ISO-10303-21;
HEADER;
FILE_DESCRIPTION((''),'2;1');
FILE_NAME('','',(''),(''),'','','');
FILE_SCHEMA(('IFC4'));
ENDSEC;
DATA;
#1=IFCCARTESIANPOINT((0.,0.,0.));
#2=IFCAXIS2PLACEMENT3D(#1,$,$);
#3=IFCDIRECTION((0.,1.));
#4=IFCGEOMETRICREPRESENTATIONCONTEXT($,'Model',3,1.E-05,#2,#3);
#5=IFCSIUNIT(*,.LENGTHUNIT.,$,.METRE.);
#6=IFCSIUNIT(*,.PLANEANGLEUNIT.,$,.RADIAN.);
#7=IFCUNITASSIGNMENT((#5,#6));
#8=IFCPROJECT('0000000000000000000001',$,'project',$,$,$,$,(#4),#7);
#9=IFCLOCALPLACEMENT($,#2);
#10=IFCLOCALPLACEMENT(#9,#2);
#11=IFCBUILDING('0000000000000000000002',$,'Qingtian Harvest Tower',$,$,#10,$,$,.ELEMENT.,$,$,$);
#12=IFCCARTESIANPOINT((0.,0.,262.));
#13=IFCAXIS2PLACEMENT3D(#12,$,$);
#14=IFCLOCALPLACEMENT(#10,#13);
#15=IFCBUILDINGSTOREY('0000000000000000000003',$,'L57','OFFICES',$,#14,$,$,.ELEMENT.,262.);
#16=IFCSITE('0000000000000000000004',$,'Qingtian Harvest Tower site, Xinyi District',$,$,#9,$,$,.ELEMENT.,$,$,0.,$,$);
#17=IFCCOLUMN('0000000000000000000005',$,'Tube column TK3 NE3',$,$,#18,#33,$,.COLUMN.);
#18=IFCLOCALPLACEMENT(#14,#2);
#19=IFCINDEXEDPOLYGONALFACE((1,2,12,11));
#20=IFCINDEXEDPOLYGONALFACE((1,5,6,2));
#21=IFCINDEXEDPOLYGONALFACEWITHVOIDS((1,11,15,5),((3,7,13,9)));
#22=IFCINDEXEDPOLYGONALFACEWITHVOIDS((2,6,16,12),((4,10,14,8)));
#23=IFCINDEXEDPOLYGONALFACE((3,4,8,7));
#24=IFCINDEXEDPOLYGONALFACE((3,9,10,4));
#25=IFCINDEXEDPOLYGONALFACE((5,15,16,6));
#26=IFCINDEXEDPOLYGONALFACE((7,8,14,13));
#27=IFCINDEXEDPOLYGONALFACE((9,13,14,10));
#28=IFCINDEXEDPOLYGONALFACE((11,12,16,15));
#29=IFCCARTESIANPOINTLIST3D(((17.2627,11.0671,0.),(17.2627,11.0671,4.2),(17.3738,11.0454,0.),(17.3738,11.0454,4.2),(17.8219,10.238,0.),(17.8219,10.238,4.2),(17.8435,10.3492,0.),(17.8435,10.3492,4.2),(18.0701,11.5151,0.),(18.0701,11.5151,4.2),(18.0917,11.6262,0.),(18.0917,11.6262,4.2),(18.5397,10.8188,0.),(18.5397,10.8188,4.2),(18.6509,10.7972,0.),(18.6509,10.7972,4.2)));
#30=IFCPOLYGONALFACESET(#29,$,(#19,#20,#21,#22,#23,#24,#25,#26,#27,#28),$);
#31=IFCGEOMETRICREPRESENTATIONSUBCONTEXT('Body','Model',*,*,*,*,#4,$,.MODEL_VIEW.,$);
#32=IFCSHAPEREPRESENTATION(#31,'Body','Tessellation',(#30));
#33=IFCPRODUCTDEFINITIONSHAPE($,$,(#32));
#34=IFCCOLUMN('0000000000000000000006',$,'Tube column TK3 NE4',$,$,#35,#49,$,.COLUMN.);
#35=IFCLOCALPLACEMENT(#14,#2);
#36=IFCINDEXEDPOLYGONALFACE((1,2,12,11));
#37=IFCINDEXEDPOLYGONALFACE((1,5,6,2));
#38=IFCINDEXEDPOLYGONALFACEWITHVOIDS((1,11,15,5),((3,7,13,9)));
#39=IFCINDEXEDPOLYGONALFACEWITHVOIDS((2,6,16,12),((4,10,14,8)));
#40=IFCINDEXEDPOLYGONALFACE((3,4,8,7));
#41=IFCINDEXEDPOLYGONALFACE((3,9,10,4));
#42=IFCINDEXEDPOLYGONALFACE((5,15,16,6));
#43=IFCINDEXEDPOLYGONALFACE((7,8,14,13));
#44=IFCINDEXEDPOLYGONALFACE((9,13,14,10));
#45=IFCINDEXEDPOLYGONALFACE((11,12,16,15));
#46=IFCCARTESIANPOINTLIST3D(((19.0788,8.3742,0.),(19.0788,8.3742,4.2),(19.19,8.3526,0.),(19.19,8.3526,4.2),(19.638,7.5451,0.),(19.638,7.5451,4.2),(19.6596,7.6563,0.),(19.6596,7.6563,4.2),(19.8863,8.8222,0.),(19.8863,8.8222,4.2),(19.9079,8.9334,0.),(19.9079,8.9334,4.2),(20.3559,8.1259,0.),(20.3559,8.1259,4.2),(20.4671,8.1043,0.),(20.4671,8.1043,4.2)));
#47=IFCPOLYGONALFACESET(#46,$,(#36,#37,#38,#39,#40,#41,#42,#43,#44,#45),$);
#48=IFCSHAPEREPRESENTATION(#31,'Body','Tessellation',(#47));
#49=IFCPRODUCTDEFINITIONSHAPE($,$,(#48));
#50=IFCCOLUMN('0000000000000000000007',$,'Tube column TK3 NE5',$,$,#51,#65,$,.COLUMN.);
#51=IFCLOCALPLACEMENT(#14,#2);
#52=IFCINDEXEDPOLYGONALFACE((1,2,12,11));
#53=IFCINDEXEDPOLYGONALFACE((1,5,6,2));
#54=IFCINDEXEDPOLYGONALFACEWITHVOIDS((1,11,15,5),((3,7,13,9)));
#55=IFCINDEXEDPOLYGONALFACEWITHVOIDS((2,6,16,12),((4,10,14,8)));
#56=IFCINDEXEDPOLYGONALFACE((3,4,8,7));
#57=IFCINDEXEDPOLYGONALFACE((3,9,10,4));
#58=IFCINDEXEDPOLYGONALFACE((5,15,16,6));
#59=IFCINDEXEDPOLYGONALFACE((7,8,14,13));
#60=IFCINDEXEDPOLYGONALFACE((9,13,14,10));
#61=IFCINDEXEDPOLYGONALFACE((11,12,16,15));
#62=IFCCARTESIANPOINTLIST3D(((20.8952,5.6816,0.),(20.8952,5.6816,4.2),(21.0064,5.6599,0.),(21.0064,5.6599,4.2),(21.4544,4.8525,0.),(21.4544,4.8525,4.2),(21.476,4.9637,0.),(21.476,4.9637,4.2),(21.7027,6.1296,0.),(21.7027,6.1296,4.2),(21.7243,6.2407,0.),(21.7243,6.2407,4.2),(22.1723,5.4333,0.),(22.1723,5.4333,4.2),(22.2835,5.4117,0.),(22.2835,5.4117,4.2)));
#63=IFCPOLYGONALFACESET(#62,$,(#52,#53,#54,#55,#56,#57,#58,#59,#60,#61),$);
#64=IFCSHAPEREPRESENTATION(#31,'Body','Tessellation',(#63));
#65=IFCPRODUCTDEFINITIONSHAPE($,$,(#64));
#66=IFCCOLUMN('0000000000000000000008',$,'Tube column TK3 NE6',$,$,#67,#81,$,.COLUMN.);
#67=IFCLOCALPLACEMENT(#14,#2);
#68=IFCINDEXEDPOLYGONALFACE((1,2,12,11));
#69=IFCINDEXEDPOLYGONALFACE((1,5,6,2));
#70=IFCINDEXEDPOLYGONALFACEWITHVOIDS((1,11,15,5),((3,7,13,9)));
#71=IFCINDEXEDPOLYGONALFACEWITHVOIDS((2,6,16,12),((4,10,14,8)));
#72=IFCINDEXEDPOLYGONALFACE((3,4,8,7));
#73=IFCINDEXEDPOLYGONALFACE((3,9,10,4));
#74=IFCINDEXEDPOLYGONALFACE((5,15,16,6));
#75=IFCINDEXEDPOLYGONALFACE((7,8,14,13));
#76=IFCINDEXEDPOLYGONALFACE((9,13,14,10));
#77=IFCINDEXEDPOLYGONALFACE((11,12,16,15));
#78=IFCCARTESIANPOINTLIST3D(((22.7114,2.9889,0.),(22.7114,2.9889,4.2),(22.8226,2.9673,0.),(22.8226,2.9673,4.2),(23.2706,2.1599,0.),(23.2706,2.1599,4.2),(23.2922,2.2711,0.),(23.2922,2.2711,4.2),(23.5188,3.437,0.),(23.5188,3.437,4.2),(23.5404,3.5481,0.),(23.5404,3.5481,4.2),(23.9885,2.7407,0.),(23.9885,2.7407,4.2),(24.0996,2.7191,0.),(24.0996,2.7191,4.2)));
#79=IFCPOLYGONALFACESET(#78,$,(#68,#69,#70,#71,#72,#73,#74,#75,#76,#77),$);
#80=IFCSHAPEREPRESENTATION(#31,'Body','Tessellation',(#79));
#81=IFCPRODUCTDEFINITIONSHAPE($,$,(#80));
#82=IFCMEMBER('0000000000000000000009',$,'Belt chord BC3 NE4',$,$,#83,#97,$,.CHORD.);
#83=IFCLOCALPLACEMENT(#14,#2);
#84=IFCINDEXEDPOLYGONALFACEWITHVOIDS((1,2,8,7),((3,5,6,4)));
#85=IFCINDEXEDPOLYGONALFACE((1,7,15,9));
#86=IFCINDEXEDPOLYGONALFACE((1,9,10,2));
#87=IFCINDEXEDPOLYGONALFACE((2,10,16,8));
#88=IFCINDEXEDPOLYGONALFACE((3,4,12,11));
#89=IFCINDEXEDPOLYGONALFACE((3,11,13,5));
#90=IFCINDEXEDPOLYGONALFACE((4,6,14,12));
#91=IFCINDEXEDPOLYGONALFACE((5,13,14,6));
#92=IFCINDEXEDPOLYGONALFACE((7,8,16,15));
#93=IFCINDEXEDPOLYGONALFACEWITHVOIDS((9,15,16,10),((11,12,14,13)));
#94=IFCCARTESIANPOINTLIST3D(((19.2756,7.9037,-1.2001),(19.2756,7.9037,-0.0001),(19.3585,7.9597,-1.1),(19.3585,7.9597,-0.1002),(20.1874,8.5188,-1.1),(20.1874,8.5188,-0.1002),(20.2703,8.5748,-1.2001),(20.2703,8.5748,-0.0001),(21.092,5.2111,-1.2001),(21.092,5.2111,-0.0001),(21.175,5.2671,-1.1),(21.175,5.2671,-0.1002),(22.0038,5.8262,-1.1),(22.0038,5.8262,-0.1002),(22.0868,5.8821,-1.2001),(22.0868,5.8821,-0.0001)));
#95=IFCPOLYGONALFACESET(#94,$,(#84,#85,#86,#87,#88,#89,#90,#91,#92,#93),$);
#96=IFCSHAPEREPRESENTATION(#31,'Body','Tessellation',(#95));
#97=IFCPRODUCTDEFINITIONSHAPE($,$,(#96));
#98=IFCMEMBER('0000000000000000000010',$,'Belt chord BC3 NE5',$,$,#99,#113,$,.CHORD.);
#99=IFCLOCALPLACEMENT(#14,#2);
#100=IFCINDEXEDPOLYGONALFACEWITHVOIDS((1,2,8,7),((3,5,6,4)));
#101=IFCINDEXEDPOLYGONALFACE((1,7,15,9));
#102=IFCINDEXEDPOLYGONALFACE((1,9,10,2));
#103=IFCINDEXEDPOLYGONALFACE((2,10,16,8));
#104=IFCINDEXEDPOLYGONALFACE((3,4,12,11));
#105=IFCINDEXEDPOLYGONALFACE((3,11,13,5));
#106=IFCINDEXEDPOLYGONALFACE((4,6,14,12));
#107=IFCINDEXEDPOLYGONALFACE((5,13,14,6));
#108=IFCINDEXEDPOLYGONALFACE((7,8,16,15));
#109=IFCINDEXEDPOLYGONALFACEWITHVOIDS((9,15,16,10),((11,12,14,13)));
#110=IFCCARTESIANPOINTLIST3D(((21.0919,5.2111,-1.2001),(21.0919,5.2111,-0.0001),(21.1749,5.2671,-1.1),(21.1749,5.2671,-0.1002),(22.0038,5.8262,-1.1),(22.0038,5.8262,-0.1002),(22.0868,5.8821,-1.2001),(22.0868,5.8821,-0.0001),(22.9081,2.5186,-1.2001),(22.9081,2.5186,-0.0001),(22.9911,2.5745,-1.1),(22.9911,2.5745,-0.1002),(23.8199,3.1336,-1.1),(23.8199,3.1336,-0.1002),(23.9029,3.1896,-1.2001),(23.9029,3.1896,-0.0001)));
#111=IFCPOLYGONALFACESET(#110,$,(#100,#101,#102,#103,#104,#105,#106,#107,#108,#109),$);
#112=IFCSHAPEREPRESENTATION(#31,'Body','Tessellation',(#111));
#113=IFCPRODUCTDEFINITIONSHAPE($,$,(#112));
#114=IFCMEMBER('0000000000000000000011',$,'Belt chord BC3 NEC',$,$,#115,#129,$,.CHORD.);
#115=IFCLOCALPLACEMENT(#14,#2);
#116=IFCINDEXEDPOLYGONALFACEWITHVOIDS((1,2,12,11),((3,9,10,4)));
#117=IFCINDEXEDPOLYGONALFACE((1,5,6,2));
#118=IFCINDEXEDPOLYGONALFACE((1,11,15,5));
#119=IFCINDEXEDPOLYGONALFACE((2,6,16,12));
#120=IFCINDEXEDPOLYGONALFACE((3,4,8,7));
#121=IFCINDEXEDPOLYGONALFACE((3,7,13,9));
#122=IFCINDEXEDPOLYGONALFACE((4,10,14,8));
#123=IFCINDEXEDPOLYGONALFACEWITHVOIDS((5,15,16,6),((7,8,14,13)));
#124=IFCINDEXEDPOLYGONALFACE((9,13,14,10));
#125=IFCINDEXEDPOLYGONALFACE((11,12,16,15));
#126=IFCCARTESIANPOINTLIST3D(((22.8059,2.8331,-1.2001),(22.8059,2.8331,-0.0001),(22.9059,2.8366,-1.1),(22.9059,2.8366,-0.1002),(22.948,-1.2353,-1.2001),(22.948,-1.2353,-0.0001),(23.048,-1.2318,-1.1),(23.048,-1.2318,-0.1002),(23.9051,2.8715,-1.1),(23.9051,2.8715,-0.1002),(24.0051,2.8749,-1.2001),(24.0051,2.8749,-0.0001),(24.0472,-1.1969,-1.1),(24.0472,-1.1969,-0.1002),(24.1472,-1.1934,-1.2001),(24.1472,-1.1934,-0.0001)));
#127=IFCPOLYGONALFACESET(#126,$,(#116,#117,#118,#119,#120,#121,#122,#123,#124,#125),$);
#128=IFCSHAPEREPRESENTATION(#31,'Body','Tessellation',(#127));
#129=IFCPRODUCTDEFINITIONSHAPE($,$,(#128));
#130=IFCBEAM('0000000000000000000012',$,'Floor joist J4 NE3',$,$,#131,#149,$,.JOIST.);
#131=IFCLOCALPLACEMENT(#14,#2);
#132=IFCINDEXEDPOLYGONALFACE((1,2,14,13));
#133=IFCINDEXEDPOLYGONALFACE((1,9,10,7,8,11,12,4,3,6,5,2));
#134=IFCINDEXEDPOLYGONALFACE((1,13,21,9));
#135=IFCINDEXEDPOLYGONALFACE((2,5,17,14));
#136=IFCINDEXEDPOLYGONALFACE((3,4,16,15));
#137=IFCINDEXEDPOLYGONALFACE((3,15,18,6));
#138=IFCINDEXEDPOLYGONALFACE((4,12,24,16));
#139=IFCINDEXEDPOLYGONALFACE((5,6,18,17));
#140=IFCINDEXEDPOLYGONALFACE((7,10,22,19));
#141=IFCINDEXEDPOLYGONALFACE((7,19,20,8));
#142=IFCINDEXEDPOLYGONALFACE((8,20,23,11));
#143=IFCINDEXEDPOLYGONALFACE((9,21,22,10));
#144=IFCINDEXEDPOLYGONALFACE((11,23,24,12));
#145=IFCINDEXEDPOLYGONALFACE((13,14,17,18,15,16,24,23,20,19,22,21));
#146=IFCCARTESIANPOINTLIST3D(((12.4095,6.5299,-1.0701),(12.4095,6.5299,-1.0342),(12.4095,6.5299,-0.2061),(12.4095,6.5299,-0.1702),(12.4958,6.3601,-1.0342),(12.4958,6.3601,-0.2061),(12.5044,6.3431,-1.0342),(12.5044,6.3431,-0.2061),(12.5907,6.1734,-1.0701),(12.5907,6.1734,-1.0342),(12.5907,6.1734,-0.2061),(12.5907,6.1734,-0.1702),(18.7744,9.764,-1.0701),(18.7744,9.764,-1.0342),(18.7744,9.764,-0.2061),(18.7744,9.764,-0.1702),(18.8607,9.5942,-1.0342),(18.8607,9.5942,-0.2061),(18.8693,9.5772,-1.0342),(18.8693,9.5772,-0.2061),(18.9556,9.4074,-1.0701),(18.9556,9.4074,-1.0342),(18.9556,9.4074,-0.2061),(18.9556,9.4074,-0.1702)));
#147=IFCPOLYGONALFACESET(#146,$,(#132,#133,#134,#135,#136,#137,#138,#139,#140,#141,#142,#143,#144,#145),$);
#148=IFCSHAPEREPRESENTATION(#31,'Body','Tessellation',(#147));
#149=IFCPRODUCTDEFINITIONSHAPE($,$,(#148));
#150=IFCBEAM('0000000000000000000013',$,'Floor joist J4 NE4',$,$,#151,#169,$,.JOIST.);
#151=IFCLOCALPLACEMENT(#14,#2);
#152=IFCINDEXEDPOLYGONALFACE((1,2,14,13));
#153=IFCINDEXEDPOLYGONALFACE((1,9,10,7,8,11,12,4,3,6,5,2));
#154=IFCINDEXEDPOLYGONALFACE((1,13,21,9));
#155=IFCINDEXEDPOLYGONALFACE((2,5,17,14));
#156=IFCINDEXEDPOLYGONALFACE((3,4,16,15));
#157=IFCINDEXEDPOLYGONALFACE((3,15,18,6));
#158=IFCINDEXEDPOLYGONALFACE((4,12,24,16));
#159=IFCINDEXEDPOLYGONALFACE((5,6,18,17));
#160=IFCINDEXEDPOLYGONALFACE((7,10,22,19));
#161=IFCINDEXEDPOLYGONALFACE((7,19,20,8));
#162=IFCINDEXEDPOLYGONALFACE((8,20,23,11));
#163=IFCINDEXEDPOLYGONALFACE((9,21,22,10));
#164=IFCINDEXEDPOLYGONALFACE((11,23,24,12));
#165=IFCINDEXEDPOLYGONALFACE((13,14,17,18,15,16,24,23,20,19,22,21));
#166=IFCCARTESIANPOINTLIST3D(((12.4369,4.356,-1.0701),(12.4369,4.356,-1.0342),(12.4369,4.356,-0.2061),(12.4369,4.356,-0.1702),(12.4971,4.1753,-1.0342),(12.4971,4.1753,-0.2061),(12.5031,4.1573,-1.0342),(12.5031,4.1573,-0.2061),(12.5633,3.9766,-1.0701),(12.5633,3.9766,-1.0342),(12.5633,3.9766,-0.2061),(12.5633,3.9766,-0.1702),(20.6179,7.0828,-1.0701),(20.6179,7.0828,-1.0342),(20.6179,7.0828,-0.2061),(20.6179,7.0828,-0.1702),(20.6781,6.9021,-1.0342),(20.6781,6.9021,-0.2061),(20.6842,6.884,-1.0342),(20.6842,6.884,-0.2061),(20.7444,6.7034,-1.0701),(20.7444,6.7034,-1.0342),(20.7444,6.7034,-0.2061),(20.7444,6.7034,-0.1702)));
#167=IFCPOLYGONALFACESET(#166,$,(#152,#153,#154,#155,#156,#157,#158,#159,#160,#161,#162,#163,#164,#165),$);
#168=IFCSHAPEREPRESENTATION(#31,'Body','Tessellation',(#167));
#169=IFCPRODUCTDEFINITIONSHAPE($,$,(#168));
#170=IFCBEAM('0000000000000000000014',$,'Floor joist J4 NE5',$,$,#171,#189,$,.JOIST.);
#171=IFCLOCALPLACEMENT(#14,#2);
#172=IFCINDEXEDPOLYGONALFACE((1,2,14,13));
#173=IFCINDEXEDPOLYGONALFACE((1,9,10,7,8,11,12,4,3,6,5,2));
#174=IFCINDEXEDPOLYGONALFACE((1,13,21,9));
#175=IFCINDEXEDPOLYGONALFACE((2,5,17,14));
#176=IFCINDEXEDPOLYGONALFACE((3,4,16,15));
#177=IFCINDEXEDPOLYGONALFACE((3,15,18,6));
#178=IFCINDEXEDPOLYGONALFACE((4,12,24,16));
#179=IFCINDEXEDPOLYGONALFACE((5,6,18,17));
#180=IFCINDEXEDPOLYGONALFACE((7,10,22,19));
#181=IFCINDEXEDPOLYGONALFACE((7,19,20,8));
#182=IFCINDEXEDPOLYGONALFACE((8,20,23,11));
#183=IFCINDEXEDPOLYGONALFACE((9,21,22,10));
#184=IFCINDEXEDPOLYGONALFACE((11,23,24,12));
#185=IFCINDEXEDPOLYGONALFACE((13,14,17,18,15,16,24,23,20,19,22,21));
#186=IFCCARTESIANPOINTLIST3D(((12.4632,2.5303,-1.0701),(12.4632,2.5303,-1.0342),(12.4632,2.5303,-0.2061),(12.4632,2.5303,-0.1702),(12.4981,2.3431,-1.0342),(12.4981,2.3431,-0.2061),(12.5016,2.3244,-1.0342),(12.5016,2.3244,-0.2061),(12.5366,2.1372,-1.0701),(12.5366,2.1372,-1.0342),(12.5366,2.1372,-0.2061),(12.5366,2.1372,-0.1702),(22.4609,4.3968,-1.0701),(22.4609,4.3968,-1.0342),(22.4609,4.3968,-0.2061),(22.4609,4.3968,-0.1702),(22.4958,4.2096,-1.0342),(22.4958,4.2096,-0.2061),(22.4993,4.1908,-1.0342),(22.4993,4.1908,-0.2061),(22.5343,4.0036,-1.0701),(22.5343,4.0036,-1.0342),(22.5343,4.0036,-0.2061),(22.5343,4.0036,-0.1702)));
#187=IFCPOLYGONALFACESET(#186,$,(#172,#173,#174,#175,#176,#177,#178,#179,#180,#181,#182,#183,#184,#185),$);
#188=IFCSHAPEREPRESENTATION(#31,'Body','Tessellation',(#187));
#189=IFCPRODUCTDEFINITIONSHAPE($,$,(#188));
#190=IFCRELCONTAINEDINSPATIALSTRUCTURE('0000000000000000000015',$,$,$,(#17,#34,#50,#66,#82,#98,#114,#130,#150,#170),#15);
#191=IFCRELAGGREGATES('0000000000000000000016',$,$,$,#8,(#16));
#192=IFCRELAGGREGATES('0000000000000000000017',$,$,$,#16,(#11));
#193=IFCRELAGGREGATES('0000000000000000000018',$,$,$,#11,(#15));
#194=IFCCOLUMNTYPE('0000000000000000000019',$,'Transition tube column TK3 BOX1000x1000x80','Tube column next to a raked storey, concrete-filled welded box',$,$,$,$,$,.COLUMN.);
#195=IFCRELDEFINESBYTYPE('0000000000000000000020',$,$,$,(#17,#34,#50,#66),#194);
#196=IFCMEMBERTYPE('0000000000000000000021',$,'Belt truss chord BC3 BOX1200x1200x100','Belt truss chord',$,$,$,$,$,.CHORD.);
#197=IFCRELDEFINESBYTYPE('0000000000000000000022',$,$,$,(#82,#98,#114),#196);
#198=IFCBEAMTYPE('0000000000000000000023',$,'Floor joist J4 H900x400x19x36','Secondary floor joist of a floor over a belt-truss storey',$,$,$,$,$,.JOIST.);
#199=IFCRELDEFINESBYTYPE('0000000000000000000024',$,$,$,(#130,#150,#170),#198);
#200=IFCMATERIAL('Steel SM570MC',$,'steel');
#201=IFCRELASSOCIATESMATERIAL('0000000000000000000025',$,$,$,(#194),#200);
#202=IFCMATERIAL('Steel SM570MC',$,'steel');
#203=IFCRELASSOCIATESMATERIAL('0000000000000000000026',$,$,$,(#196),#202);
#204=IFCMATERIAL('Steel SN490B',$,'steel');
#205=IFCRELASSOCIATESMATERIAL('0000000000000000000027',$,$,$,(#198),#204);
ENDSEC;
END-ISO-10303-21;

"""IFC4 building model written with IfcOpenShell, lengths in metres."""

from ifc_helpers import new_model, si_unit, direction, frame, origin, origin_2d, place, context, subcontext, project, spatial, hollow_rectangle, i_section, extrude, material, material_profile, profile_set, type_object, element, save


model = new_model("IFC4")

# Units and contexts
model_context = context("Model", 3, precision=1e-05, world=origin(), true_north=direction((0.0, 1.0)))
body_context = subcontext(model_context, "Body", "Model", "MODEL_VIEW")
ifc_project = project(units=[si_unit("LENGTHUNIT", "METRE"), si_unit("PLANEANGLEUNIT", "RADIAN")], contexts=[model_context])

# Site, building, storey
site_placement = place(None, origin())
site = spatial("IfcSite", under=ifc_project, at=site_placement, Name="Qingtian Harvest Tower site, Xinyi District", CompositionType="ELEMENT", RefElevation=0.0)
building_placement = place(site_placement, origin())
building = spatial("IfcBuilding", under=site, at=building_placement, Name="Qingtian Harvest Tower", CompositionType="ELEMENT")
storey_placement = place(building_placement, frame((0.0, 0.0, 262.0)))
storey = spatial("IfcBuildingStorey", under=building, at=storey_placement, Name="L57", Description="OFFICES", CompositionType="ELEMENT", Elevation=262.0)

# Columns
ifc_material_1 = material(Name="Steel SM570MC", Category="steel")
ifc_material_profile_1 = material_profile(ifc_material_1, hollow_rectangle(XDim=1.0, YDim=1.0, WallThickness=0.0801, at=origin_2d()), Name="BOX1000x1000x80")
ifc_profile_set_1 = profile_set([ifc_material_profile_1], Name="Steel SM570MC")
column_type = type_object("IfcColumnType", Name="Transition tube column TK3 BOX1000x1000x80", Description="Tube column next to a raked storey, concrete-filled welded box", PredefinedType="COLUMN", material=ifc_profile_set_1)
for number, where, z_axis, x_axis, name in (
    (1, (17.9568, 10.9321, 0.0), (0.0, 0.0, 1.0), (-0.559193, 0.829038, 0.0), "Tube column TK3 NE3"),
    (2, (19.7729, 8.2393, 0.0), (0.0, 0.0, 1.0), (-0.559193, 0.829038, 0.0), "Tube column TK3 NE4"),
    (3, (21.5894, 5.5466, 0.0), (0.0, 0.0, 1.0), (-0.559193, 0.829038, 0.0), "Tube column TK3 NE5"),
    (4, (23.4055, 2.854, 0.0), (0.0, 0.0, 1.0), (-0.559193, 0.829038, 0.0), "Tube column TK3 NE6"),
):
    element("IfcColumn", number, at=place(storey_placement, frame(where, z_axis=z_axis, x_axis=x_axis)), inside=storey, type_object=column_type, Name=name, PredefinedType="COLUMN", context=body_context, shape_type="SweptSolid", body=[
        extrude(hollow_rectangle(XDim=1.0, YDim=1.0, WallThickness=0.0801, at=origin_2d()), origin(), (0.0, 0.0, 1.0), 4.2),
    ])

# Members
ifc_material_2 = material(Name="Steel SM570MC", Category="steel")
ifc_material_profile_2 = material_profile(ifc_material_2, hollow_rectangle(XDim=1.2, YDim=1.2, WallThickness=0.1001, at=origin_2d()), Name="BOX1200x1200x100")
ifc_profile_set_2 = profile_set([ifc_material_profile_2], Name="Steel SM570MC")
member_type_1 = type_object("IfcMemberType", Name="Belt truss chord BC3 BOX1200x1200x100", Description="Belt truss chord", PredefinedType="CHORD", material=ifc_profile_set_2)
member_1_placement = place(storey_placement, frame((19.7729, 8.2393, -0.6001), z_axis=(0.559237, -0.829008, 0.0), x_axis=(0.829008, 0.559237, 0.0)))
element("IfcMember", 5, at=member_1_placement, inside=storey, type_object=member_type_1, Name="Belt chord BC3 NE4", PredefinedType="CHORD", context=body_context, shape_type="SweptSolid", body=[
    extrude(hollow_rectangle(XDim=1.2, YDim=1.2, WallThickness=0.1001, at=origin_2d()), origin(), (0.0, 0.0, 1.0), 3.248),
])
member_2_placement = place(storey_placement, frame((21.5894, 5.5466, -0.6001), z_axis=(0.559185, -0.829043, 0.0), x_axis=(0.829043, 0.559185, 0.0)))
element("IfcMember", 6, at=member_2_placement, inside=storey, type_object=member_type_1, Name="Belt chord BC3 NE5", PredefinedType="CHORD", context=body_context, shape_type="SweptSolid", body=[
    extrude(hollow_rectangle(XDim=1.2, YDim=1.2, WallThickness=0.1001, at=origin_2d()), origin(), (0.0, 0.0, 1.0), 3.2478),
])
member_3_placement = place(storey_placement, frame((23.4055, 2.854, -0.6001), z_axis=(0.034904, -0.999391, 0.0), x_axis=(0.999391, 0.034904, 0.0)))
element("IfcMember", 7, at=member_3_placement, inside=storey, type_object=member_type_1, Name="Belt chord BC3 NEC", PredefinedType="CHORD", context=body_context, shape_type="SweptSolid", body=[
    extrude(hollow_rectangle(XDim=1.2, YDim=1.2, WallThickness=0.1001, at=origin_2d()), origin(), (0.0, 0.0, 1.0), 4.0708),
])

# Beams
ifc_material_3 = material(Name="Steel SN490B", Category="steel")
ifc_material_profile_3 = material_profile(ifc_material_3, i_section(OverallWidth=0.3999, OverallDepth=0.8999, WebThickness=0.019, FlangeThickness=0.0359, at=origin_2d()), Name="H900x400x19x36")
ifc_profile_set_3 = profile_set([ifc_material_profile_3], Name="Steel SN490B")
beam_type_1 = type_object("IfcBeamType", Name="Floor joist J4 H900x400x19x36", Description="Secondary floor joist of a floor over a belt-truss storey", PredefinedType="JOIST", material=ifc_profile_set_3)
beam_1_placement = place(storey_placement, frame((18.865, 9.5857, -0.6201), z_axis=(-0.891516, -0.45299, 0.0), x_axis=(0.45299, -0.891516, 0.0)))
element("IfcBeam", 8, at=beam_1_placement, inside=storey, type_object=beam_type_1, Name="Floor joist J4 NE3", PredefinedType="JOIST", context=body_context, shape_type="SweptSolid", body=[
    extrude(i_section(OverallWidth=0.3999, OverallDepth=0.8999, WebThickness=0.019, FlangeThickness=0.0359, at=origin_2d()), origin(), (0.0, 0.0, 1.0), 7.1394),
])
beam_2_placement = place(storey_placement, frame((20.6812, 6.8931, -0.6201), z_axis=(-0.948692, -0.316202, 0.0), x_axis=(0.316202, -0.948692, 0.0)))
element("IfcBeam", 9, at=beam_2_placement, inside=storey, type_object=beam_type_1, Name="Floor joist J4 NE4", PredefinedType="JOIST", context=body_context, shape_type="SweptSolid", body=[
    extrude(i_section(OverallWidth=0.3999, OverallDepth=0.8999, WebThickness=0.019, FlangeThickness=0.0359, at=origin_2d()), origin(), (0.0, 0.0, 1.0), 8.6235),
])
beam_3_placement = place(storey_placement, frame((22.4976, 4.2002, -0.6201), z_axis=(-0.983016, -0.18352, 0.0), x_axis=(0.18352, -0.983016, 0.0)))
element("IfcBeam", 10, at=beam_3_placement, inside=storey, type_object=beam_type_1, Name="Floor joist J4 NE5", PredefinedType="JOIST", context=body_context, shape_type="SweptSolid", body=[
    extrude(i_section(OverallWidth=0.3999, OverallDepth=0.8999, WebThickness=0.019, FlangeThickness=0.0359, at=origin_2d()), origin(), (0.0, 0.0, 1.0), 10.1704),
])

save(model, "model.ifc")
